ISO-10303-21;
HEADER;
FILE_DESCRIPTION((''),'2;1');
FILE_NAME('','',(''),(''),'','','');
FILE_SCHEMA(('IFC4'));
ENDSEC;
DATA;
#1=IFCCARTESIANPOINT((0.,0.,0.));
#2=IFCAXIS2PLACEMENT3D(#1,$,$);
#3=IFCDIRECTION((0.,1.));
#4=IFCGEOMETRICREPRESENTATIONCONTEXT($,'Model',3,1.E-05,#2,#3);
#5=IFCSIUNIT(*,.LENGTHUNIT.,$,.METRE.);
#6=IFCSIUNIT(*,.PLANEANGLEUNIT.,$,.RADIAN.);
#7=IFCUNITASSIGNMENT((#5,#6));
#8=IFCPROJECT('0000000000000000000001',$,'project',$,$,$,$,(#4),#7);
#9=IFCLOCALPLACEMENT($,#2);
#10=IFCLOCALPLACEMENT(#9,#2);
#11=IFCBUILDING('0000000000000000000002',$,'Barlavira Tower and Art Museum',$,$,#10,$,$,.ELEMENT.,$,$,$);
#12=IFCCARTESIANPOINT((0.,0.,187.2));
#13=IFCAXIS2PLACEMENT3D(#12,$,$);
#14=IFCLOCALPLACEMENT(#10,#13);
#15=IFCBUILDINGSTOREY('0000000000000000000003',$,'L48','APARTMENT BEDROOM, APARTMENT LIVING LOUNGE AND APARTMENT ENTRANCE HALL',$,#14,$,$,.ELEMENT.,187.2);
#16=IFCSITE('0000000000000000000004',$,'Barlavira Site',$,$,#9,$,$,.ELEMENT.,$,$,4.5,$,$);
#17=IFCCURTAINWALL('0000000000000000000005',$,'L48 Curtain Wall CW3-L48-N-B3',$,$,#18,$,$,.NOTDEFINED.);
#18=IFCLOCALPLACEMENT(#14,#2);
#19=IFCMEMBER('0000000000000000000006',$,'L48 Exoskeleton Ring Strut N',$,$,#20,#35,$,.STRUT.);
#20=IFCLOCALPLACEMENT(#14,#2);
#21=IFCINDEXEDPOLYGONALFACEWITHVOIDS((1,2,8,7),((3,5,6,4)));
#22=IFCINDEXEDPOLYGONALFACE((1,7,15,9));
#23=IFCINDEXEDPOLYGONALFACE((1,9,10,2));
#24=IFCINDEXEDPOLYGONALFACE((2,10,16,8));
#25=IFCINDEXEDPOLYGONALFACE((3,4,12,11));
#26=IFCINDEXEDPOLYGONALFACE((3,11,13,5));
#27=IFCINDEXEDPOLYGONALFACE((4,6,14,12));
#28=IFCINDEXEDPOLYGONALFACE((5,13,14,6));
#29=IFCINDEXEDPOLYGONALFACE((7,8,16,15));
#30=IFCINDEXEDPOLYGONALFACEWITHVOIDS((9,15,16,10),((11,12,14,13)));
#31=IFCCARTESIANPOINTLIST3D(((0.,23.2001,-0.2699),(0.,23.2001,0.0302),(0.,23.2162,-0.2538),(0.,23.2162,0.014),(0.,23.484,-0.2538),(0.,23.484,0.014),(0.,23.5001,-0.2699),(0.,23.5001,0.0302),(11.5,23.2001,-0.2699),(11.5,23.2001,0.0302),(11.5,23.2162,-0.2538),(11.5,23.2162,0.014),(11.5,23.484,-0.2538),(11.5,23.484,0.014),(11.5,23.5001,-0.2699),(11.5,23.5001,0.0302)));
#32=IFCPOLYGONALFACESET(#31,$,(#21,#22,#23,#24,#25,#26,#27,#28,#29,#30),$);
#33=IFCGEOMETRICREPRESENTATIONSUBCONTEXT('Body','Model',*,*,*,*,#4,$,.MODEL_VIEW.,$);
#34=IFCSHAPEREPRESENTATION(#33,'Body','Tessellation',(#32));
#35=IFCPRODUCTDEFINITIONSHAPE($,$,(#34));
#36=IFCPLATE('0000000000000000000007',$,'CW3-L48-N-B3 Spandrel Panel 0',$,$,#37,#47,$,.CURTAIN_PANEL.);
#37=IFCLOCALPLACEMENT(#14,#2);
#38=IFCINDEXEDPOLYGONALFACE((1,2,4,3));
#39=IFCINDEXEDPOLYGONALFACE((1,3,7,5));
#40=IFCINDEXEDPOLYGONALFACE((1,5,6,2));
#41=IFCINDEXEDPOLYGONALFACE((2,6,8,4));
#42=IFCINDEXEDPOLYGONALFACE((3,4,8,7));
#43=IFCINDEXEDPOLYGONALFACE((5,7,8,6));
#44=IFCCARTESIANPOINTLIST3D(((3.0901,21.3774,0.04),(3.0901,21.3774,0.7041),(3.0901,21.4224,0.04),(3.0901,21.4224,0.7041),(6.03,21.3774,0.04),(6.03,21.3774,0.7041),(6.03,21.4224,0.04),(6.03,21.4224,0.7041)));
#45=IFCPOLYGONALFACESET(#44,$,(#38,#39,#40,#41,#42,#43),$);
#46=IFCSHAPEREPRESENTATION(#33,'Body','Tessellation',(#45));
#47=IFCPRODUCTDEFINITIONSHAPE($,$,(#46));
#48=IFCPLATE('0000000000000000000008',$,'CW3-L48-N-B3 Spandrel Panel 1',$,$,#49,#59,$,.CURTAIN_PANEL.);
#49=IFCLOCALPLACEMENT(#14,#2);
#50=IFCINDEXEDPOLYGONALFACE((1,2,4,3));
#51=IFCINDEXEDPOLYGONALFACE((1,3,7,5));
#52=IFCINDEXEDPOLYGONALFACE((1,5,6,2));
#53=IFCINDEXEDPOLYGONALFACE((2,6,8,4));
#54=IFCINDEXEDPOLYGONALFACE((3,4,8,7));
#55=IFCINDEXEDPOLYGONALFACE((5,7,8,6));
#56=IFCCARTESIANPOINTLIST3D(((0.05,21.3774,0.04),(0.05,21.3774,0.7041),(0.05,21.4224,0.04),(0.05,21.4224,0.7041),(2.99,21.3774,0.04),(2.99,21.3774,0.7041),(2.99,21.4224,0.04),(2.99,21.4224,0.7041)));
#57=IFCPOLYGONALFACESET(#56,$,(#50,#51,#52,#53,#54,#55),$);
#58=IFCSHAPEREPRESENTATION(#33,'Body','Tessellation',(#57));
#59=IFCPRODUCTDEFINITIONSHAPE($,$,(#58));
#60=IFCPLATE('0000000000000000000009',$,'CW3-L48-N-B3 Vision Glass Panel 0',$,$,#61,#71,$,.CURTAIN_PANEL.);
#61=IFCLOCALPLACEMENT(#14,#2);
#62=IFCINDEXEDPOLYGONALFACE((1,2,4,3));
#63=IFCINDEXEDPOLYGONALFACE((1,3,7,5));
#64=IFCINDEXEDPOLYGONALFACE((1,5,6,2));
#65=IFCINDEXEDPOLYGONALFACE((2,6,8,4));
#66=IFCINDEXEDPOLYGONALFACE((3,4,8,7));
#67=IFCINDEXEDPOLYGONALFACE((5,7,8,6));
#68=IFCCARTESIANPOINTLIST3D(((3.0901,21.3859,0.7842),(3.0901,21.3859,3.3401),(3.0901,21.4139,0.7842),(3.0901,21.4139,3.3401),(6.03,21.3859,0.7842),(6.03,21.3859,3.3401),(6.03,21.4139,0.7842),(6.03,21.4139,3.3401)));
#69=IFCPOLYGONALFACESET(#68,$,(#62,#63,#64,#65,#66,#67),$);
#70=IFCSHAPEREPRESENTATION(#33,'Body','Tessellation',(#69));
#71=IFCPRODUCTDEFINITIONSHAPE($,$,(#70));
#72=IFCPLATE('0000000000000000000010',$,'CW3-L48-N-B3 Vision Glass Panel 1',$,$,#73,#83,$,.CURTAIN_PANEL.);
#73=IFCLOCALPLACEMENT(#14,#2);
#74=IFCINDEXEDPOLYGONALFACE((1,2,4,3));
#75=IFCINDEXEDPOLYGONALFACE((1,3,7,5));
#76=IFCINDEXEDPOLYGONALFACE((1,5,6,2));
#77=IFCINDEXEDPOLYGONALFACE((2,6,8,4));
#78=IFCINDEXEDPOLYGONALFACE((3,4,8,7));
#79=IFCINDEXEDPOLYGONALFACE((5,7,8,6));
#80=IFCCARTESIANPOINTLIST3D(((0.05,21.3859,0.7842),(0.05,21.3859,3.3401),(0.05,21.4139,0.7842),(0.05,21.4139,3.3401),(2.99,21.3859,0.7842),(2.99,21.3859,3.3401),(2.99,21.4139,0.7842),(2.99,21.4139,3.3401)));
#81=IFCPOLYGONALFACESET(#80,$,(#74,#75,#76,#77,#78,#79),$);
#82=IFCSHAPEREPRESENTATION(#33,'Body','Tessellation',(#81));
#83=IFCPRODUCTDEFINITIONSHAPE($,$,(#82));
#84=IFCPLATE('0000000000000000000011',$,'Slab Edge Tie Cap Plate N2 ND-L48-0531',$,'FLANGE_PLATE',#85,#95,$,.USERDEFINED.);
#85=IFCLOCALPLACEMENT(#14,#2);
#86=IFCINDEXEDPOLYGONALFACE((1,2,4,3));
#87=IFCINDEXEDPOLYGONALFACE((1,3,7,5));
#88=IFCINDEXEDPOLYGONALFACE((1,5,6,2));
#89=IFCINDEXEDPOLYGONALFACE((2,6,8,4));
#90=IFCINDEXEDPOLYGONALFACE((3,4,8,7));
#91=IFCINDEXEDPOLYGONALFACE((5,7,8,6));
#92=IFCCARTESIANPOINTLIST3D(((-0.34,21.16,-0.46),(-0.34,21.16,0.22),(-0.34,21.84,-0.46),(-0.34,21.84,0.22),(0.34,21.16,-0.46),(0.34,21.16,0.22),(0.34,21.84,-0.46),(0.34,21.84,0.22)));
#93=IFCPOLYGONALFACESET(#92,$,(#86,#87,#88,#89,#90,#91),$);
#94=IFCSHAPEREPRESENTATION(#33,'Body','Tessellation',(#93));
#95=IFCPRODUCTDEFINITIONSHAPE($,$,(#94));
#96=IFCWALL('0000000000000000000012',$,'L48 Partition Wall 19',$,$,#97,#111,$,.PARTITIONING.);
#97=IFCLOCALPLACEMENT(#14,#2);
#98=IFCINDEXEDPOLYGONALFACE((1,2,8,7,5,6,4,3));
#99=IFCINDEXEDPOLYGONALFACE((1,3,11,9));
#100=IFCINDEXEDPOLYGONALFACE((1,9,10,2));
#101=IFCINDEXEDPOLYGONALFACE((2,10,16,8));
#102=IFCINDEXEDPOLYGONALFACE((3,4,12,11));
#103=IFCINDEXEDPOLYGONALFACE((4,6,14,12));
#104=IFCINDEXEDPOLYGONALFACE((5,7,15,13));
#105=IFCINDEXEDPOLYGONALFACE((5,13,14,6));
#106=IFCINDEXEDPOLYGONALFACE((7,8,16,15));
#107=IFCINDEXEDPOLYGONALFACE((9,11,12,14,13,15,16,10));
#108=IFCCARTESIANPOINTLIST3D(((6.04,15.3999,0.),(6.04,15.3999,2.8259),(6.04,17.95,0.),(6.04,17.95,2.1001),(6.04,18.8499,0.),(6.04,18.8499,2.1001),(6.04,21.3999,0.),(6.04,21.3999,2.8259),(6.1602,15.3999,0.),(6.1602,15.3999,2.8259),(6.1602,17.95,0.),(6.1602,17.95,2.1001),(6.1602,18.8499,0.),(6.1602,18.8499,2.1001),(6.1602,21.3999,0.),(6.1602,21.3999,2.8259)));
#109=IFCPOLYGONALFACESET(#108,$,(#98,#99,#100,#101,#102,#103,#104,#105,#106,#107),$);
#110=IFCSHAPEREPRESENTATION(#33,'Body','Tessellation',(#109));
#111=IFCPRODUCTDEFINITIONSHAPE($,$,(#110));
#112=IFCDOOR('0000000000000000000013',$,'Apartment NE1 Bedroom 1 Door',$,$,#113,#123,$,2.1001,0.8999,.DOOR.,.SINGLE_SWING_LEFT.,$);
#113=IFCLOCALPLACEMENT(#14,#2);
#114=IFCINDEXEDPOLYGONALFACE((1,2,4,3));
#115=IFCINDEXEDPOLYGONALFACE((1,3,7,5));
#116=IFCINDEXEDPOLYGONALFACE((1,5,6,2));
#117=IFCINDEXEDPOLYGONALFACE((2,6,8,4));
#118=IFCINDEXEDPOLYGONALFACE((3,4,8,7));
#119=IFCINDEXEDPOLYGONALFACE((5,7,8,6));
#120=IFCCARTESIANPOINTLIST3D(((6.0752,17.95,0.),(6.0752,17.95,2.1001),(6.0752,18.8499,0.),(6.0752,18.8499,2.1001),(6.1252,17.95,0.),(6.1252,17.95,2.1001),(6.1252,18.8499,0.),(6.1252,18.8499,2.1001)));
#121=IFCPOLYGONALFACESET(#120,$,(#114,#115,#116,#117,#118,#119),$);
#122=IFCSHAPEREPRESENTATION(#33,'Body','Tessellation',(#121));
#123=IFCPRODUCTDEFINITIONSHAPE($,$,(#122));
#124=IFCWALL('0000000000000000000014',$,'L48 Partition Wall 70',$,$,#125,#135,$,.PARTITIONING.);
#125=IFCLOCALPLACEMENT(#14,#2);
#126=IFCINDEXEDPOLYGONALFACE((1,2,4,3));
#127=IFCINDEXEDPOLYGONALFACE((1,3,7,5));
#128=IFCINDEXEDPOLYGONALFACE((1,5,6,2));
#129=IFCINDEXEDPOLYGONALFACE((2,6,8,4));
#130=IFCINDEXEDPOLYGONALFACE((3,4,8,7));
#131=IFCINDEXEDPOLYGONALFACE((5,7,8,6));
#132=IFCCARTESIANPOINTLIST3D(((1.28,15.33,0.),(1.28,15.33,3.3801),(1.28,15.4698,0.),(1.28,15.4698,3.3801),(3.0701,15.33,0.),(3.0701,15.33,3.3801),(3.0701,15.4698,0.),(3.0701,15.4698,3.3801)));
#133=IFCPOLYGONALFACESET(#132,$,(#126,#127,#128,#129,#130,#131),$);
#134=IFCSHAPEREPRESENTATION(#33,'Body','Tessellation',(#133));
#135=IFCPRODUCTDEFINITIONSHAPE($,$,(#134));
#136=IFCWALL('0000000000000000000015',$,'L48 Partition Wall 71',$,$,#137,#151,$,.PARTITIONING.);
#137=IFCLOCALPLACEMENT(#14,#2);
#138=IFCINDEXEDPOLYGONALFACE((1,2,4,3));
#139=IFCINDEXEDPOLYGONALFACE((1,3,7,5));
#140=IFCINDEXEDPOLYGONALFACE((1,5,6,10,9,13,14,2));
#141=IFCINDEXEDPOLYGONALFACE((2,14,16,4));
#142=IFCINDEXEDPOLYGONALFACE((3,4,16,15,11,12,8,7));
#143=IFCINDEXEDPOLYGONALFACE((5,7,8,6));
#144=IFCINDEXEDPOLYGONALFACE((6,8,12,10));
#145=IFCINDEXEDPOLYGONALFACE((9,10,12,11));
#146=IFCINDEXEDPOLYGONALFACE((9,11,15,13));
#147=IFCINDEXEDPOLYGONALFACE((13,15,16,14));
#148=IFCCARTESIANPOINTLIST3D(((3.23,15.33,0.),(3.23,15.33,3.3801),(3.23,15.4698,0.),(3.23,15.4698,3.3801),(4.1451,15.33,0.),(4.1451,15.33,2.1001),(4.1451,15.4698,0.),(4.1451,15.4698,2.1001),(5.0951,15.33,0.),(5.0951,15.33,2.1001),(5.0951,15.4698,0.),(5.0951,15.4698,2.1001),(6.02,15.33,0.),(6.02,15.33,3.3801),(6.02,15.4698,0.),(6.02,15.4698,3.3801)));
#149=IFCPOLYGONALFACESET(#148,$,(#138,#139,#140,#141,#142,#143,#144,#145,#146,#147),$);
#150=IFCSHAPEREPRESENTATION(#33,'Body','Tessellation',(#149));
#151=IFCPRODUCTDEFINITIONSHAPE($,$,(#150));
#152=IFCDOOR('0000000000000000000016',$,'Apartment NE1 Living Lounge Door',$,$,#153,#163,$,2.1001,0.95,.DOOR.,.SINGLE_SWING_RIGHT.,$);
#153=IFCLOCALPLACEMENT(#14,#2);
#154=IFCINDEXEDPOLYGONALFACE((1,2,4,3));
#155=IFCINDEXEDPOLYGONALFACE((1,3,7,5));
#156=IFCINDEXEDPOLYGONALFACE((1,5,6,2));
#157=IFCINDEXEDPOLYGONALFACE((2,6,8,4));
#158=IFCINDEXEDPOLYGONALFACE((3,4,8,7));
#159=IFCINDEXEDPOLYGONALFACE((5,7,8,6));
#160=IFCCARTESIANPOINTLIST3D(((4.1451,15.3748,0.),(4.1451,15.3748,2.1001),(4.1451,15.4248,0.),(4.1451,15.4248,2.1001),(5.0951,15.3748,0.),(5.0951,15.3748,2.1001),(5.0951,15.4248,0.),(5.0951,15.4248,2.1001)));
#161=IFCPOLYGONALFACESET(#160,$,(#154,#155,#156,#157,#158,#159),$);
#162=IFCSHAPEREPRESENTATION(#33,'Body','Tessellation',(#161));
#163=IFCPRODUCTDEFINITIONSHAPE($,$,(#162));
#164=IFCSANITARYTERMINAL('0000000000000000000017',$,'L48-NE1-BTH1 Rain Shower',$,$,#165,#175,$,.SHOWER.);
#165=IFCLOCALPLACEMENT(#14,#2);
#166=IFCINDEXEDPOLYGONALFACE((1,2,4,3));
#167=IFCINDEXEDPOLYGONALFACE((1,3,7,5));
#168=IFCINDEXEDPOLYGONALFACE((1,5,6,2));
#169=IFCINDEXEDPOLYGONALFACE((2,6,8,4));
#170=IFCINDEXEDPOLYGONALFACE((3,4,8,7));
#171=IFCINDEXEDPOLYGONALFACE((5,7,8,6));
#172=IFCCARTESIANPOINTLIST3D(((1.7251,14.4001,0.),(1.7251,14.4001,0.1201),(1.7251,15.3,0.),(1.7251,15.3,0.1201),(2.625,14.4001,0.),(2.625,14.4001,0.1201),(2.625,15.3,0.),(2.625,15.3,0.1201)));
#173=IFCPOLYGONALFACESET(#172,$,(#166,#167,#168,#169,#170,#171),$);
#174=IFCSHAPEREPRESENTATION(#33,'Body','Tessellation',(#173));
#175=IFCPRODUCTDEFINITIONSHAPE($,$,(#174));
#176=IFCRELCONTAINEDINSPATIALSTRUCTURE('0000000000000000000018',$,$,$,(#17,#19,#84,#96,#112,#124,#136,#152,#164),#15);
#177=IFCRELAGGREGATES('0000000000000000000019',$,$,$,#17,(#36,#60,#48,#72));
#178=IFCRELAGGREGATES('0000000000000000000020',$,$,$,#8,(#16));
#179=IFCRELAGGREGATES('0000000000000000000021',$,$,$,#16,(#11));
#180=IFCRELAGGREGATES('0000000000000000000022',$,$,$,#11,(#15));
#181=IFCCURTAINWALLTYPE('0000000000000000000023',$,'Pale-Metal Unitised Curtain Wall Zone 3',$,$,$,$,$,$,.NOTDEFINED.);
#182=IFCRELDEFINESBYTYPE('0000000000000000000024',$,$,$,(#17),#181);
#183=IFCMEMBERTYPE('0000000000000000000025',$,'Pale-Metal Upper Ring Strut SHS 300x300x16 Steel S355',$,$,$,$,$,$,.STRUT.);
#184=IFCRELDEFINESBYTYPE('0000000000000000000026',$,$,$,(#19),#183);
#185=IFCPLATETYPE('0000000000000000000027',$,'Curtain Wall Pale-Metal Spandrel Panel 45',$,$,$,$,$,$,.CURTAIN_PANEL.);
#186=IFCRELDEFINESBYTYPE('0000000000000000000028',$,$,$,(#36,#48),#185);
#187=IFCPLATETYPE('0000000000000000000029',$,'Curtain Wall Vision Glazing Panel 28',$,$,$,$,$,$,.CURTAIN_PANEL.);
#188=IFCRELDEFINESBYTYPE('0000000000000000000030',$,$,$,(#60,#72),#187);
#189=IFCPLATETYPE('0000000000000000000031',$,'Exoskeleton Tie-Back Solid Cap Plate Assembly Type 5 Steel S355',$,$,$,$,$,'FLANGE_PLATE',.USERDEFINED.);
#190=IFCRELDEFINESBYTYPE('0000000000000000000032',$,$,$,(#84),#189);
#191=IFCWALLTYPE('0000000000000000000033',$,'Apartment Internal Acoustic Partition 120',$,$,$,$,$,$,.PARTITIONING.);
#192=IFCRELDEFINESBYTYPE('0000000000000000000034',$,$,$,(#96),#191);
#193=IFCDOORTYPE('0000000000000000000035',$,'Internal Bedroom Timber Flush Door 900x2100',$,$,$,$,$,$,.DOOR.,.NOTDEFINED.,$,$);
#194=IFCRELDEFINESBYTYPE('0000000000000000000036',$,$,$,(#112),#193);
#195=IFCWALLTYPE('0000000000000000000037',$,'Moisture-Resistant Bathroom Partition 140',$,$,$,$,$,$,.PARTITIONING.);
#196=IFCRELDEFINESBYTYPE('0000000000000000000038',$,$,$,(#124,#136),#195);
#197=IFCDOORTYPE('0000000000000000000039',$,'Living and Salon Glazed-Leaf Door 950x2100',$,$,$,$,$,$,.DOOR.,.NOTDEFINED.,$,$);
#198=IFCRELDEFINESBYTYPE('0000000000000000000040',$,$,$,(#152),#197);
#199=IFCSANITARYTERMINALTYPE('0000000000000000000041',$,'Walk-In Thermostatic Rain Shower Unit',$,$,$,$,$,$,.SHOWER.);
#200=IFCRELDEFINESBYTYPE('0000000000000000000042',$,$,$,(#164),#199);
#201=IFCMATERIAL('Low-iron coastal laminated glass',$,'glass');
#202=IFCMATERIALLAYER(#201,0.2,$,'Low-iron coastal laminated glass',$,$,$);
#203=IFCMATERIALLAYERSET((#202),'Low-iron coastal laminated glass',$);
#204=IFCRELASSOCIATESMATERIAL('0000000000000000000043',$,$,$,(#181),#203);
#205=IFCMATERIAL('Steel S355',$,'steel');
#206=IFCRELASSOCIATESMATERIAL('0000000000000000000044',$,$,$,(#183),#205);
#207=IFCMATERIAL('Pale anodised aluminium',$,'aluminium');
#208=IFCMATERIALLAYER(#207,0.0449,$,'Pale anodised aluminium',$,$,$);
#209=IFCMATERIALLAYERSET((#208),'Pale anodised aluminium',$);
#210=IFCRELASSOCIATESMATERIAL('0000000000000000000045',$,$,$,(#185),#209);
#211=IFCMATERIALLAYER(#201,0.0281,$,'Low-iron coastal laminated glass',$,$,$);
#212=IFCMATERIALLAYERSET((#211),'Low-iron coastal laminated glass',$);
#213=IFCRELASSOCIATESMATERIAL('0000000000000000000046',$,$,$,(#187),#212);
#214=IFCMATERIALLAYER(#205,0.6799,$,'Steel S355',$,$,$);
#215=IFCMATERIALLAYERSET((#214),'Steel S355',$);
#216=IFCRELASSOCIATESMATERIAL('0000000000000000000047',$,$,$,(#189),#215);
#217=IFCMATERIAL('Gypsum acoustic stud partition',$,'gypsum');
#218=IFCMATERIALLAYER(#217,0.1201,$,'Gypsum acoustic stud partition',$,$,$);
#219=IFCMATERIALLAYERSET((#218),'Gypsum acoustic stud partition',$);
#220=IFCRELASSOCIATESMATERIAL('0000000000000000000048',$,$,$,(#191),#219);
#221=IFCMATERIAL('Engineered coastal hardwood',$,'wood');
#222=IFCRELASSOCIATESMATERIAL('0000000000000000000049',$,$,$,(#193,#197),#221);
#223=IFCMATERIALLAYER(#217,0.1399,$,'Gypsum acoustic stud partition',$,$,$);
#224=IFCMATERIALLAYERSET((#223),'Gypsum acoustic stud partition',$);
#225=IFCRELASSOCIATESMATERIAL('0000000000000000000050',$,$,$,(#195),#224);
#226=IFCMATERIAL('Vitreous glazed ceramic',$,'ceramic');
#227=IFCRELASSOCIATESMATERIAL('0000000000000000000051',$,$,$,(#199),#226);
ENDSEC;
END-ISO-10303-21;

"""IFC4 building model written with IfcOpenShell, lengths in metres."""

from ifc_helpers import new_model, si_unit, direction, frame, frame_2d, origin, origin_2d, place, context, subcontext, project, spatial, rectangle, hollow_rectangle, extrude, material, layer, layer_set, material_profile, profile_set, type_object, element, fill, aggregate, save


model = new_model("IFC4")

# Units and contexts
model_context = context("Model", 3, precision=1e-05, world=origin(), true_north=direction((0.0, 1.0)))
body_context = subcontext(model_context, "Body", "Model", "MODEL_VIEW")
ifc_project = project(units=[si_unit("LENGTHUNIT", "METRE"), si_unit("PLANEANGLEUNIT", "RADIAN")], contexts=[model_context])

# Site, building, storey
site_placement = place(None, origin())
site = spatial("IfcSite", under=ifc_project, at=site_placement, Name="Barlavira Site", CompositionType="ELEMENT", RefElevation=4.5)
building_placement = place(site_placement, origin())
building = spatial("IfcBuilding", under=site, at=building_placement, Name="Barlavira Tower and Art Museum", CompositionType="ELEMENT")
storey_placement = place(building_placement, frame((0.0, 0.0, 187.2)))
storey = spatial("IfcBuildingStorey", under=building, at=storey_placement, Name="L48", Description="APARTMENT BEDROOM, APARTMENT LIVING LOUNGE AND APARTMENT ENTRANCE HALL", CompositionType="ELEMENT", Elevation=187.2)

# Curtain wall
ifc_material_1 = material(Name="Low-iron coastal laminated glass", Category="glass")
ifc_layer_1 = layer(ifc_material_1, 0.2, Name="Low-iron coastal laminated glass")
ifc_layer_set_1 = layer_set([ifc_layer_1], Name="Low-iron coastal laminated glass")
curtain_wall_type = type_object("IfcCurtainWallType", Name="Pale-Metal Unitised Curtain Wall Zone 3", PredefinedType="NOTDEFINED", material=ifc_layer_set_1)
curtain_wall_placement = place(storey_placement, origin())
curtain_wall = element("IfcCurtainWall", 1, at=curtain_wall_placement, inside=storey, type_object=curtain_wall_type, Name="L48 Curtain Wall CW3-L48-N-B3", PredefinedType="NOTDEFINED")
ifc_material_2 = material(Name="Pale anodised aluminium", Category="aluminium")

# Member
ifc_material_3 = material(Name="Steel S355", Category="steel")
ifc_material_profile_1 = material_profile(ifc_material_3, hollow_rectangle(XDim=0.3, YDim=0.3, WallThickness=0.0161, at=origin_2d()), Name="SHS 300x300x16.0")
ifc_profile_set_1 = profile_set([ifc_material_profile_1], Name="Steel S355")
member_type_1 = type_object("IfcMemberType", Name="Pale-Metal Upper Ring Strut SHS 300x300x16 Steel S355", PredefinedType="STRUT", material=ifc_profile_set_1)
member_1_placement = place(storey_placement, frame((0.0, 23.3501, -0.1199), z_axis=(1.0, 0.0, 0.0), x_axis=(0.0, 1.0, 0.0)))
element("IfcMember", 2, at=member_1_placement, inside=storey, type_object=member_type_1, Name="L48 Exoskeleton Ring Strut N", PredefinedType="STRUT", context=body_context, shape_type="SweptSolid", body=[
    extrude(hollow_rectangle(XDim=0.3, YDim=0.3, WallThickness=0.0161, at=origin_2d()), origin(), (0.0, 0.0, 1.0), 11.5),
])

# Plates
ifc_layer_2 = layer(ifc_material_2, 0.0449, Name="Pale anodised aluminium")
ifc_layer_set_2 = layer_set([ifc_layer_2], Name="Pale anodised aluminium")
plate_type_1 = type_object("IfcPlateType", Name="Curtain Wall Pale-Metal Spandrel Panel 45", PredefinedType="CURTAIN_PANEL", material=ifc_layer_set_2)
plate_1_placement = place(storey_placement, frame((4.5601, 21.3999, 0.04), z_axis=(0.0, 0.0, 1.0), x_axis=(-1.0, 0.0, 0.0)))
plate_1 = element("IfcPlate", 3, at=plate_1_placement, type_object=plate_type_1, Name="CW3-L48-N-B3 Spandrel Panel 0", PredefinedType="CURTAIN_PANEL", context=body_context, shape_type="SweptSolid", body=[
    extrude(rectangle(XDim=2.9399, YDim=0.0449, at=origin_2d()), origin(), (0.0, 0.0, 1.0), 0.6641),
])
plate_2_placement = place(storey_placement, frame((1.52, 21.3999, 0.04), z_axis=(0.0, 0.0, 1.0), x_axis=(-1.0, 0.0, 0.0)))
plate_2 = element("IfcPlate", 4, at=plate_2_placement, type_object=plate_type_1, Name="CW3-L48-N-B3 Spandrel Panel 1", PredefinedType="CURTAIN_PANEL", context=body_context, shape_type="SweptSolid", body=[
    extrude(rectangle(XDim=2.9399, YDim=0.0449, at=origin_2d()), origin(), (0.0, 0.0, 1.0), 0.6641),
])
ifc_layer_3 = layer(ifc_material_1, 0.0281, Name="Low-iron coastal laminated glass")
ifc_layer_set_3 = layer_set([ifc_layer_3], Name="Low-iron coastal laminated glass")
plate_type_2 = type_object("IfcPlateType", Name="Curtain Wall Vision Glazing Panel 28", PredefinedType="CURTAIN_PANEL", material=ifc_layer_set_3)
plate_3_placement = place(storey_placement, frame((4.5601, 21.3999, 0.7842), z_axis=(0.0, 0.0, 1.0), x_axis=(-1.0, 0.0, 0.0)))
plate_3 = element("IfcPlate", 5, at=plate_3_placement, type_object=plate_type_2, Name="CW3-L48-N-B3 Vision Glass Panel 0", PredefinedType="CURTAIN_PANEL", context=body_context, shape_type="SweptSolid", body=[
    extrude(rectangle(XDim=2.9399, YDim=0.0281, at=origin_2d()), origin(), (0.0, 0.0, 1.0), 2.5559),
])
plate_4_placement = place(storey_placement, frame((1.52, 21.3999, 0.7842), z_axis=(0.0, 0.0, 1.0), x_axis=(-1.0, 0.0, 0.0)))
plate_4 = element("IfcPlate", 6, at=plate_4_placement, type_object=plate_type_2, Name="CW3-L48-N-B3 Vision Glass Panel 1", PredefinedType="CURTAIN_PANEL", context=body_context, shape_type="SweptSolid", body=[
    extrude(rectangle(XDim=2.9399, YDim=0.0281, at=origin_2d()), origin(), (0.0, 0.0, 1.0), 2.5559),
])
aggregate(curtain_wall, [plate_1, plate_3, plate_2, plate_4])
ifc_layer_4 = layer(ifc_material_3, 0.6799, Name="Steel S355")
ifc_layer_set_4 = layer_set([ifc_layer_4], Name="Steel S355")
plate_type_3 = type_object("IfcPlateType", Name="Exoskeleton Tie-Back Solid Cap Plate Assembly Type 5 Steel S355", ElementType="FLANGE_PLATE", PredefinedType="USERDEFINED", material=ifc_layer_set_4)
plate_5_placement = place(storey_placement, frame((0.0, 21.5, -0.46), z_axis=(0.0, 0.0, 1.0), x_axis=(1.0, 0.0, 0.0)))
element("IfcPlate", 7, at=plate_5_placement, inside=storey, type_object=plate_type_3, Name="Slab Edge Tie Cap Plate N2 ND-L48-0531", ObjectType="FLANGE_PLATE", PredefinedType="USERDEFINED", context=body_context, shape_type="SweptSolid", body=[
    extrude(rectangle(XDim=0.6799, YDim=0.6799, at=origin_2d()), origin(), (0.0, 0.0, 1.0), 0.6799),
])

# Wall, opening, door
ifc_material_4 = material(Name="Gypsum acoustic stud partition", Category="gypsum")
ifc_layer_5 = layer(ifc_material_4, 0.1201, Name="Gypsum acoustic stud partition")
ifc_layer_set_5 = layer_set([ifc_layer_5], Name="Gypsum acoustic stud partition")
wall_type_1 = type_object("IfcWallType", Name="Apartment Internal Acoustic Partition 120", PredefinedType="PARTITIONING", material=ifc_layer_set_5)
wall_1_placement = place(storey_placement, frame((6.1001, 15.3999, 0.0), z_axis=(0.0, 0.0, 1.0), x_axis=(0.0, 1.0, 0.0)))
wall_1 = element("IfcWall", 8, at=wall_1_placement, inside=storey, type_object=wall_type_1, Name="L48 Partition Wall 19", PredefinedType="PARTITIONING", context=body_context, shape_type="SweptSolid", body=[
    extrude(rectangle(XDim=6.0, YDim=0.1201, at=frame_2d((3.0, 0.0))), origin(), (0.0, 0.0, 1.0), 2.8259),
])
opening_1_placement = place(wall_1_placement, frame((2.55, 0.0, 0.0)))
opening_1 = element("IfcOpeningElement", 9, at=opening_1_placement, cuts=wall_1, PredefinedType="OPENING", context=body_context, shape_type="SweptSolid", body=[
    extrude(rectangle(XDim=0.8999, YDim=2.1001, at=frame_2d((0.45, 1.05))), frame((0.0, 0.0701, 0.0), z_axis=(0.0, -1.0, 0.0), x_axis=(1.0, 0.0, 0.0)), (0.0, 0.0, 1.0), 0.1401),
])
ifc_material_5 = material(Name="Engineered coastal hardwood", Category="wood")
door_type_1 = type_object("IfcDoorType", Name="Internal Bedroom Timber Flush Door 900x2100", OperationType="NOTDEFINED", PredefinedType="DOOR", material=ifc_material_5)
door_1_placement = place(opening_1_placement, origin())
door_1 = element("IfcDoor", 10, at=door_1_placement, inside=storey, type_object=door_type_1, Name="Apartment NE1 Bedroom 1 Door", OperationType="SINGLE_SWING_LEFT", OverallHeight=2.1001, OverallWidth=0.8999, PredefinedType="DOOR", context=body_context, shape_type="SweptSolid", body=[
    extrude(rectangle(XDim=0.8999, YDim=2.1001, at=frame_2d((0.45, 1.05))), frame((0.0, 0.0249, 0.0), z_axis=(0.0, -1.0, 0.0), x_axis=(1.0, 0.0, 0.0)), (0.0, 0.0, 1.0), 0.05),
])
fill(opening_1, door_1)

# Wall
ifc_layer_6 = layer(ifc_material_4, 0.1399, Name="Gypsum acoustic stud partition")
ifc_layer_set_6 = layer_set([ifc_layer_6], Name="Gypsum acoustic stud partition")
wall_type_2 = type_object("IfcWallType", Name="Moisture-Resistant Bathroom Partition 140", PredefinedType="PARTITIONING", material=ifc_layer_set_6)
wall_2_placement = place(storey_placement, frame((1.28, 15.3999, 0.0), z_axis=(0.0, 0.0, 1.0), x_axis=(1.0, 0.0, 0.0)))
element("IfcWall", 11, at=wall_2_placement, inside=storey, type_object=wall_type_2, Name="L48 Partition Wall 70", PredefinedType="PARTITIONING", context=body_context, shape_type="SweptSolid", body=[
    extrude(rectangle(XDim=1.79, YDim=0.1399, at=frame_2d((0.895, 0.0))), origin(), (0.0, 0.0, 1.0), 3.3801),
])

# Wall, opening, door
wall_3_placement = place(storey_placement, frame((3.23, 15.3999, 0.0), z_axis=(0.0, 0.0, 1.0), x_axis=(1.0, 0.0, 0.0)))
wall_3 = element("IfcWall", 12, at=wall_3_placement, inside=storey, type_object=wall_type_2, Name="L48 Partition Wall 71", PredefinedType="PARTITIONING", context=body_context, shape_type="SweptSolid", body=[
    extrude(rectangle(XDim=2.79, YDim=0.1399, at=frame_2d((1.395, 0.0))), origin(), (0.0, 0.0, 1.0), 3.3801),
])
opening_2_placement = place(wall_3_placement, frame((0.915, 0.0, 0.0)))
opening_2 = element("IfcOpeningElement", 13, at=opening_2_placement, cuts=wall_3, PredefinedType="OPENING", context=body_context, shape_type="SweptSolid", body=[
    extrude(rectangle(XDim=0.95, YDim=2.1001, at=frame_2d((0.4751, 1.05))), frame((0.0, 0.0801, 0.0), z_axis=(0.0, -1.0, 0.0), x_axis=(1.0, 0.0, 0.0)), (0.0, 0.0, 1.0), 0.1599),
])
door_type_2 = type_object("IfcDoorType", Name="Living and Salon Glazed-Leaf Door 950x2100", OperationType="NOTDEFINED", PredefinedType="DOOR", material=ifc_material_5)
door_2_placement = place(opening_2_placement, origin())
door_2 = element("IfcDoor", 14, at=door_2_placement, inside=storey, type_object=door_type_2, Name="Apartment NE1 Living Lounge Door", OperationType="SINGLE_SWING_RIGHT", OverallHeight=2.1001, OverallWidth=0.95, PredefinedType="DOOR", context=body_context, shape_type="SweptSolid", body=[
    extrude(rectangle(XDim=0.95, YDim=2.1001, at=frame_2d((0.4751, 1.05))), frame((0.0, 0.0249, 0.0), z_axis=(0.0, -1.0, 0.0), x_axis=(1.0, 0.0, 0.0)), (0.0, 0.0, 1.0), 0.05),
])
fill(opening_2, door_2)

# Sanitary terminal
ifc_material_6 = material(Name="Vitreous glazed ceramic", Category="ceramic")
sanitary_terminal_type = type_object("IfcSanitaryTerminalType", Name="Walk-In Thermostatic Rain Shower Unit", PredefinedType="SHOWER", material=ifc_material_6)
sanitary_terminal_placement = place(storey_placement, frame((2.175, 14.8501, 0.0), z_axis=(0.0, 0.0, 1.0), x_axis=(1.0, 0.0, 0.0)))
element("IfcSanitaryTerminal", 15, at=sanitary_terminal_placement, inside=storey, type_object=sanitary_terminal_type, Name="L48-NE1-BTH1 Rain Shower", PredefinedType="SHOWER", context=body_context, shape_type="SweptSolid", body=[
    extrude(rectangle(XDim=0.8999, YDim=0.8999, at=origin_2d()), origin(), (0.0, 0.0, 1.0), 0.1201),
])

save(model, "model.ifc")
